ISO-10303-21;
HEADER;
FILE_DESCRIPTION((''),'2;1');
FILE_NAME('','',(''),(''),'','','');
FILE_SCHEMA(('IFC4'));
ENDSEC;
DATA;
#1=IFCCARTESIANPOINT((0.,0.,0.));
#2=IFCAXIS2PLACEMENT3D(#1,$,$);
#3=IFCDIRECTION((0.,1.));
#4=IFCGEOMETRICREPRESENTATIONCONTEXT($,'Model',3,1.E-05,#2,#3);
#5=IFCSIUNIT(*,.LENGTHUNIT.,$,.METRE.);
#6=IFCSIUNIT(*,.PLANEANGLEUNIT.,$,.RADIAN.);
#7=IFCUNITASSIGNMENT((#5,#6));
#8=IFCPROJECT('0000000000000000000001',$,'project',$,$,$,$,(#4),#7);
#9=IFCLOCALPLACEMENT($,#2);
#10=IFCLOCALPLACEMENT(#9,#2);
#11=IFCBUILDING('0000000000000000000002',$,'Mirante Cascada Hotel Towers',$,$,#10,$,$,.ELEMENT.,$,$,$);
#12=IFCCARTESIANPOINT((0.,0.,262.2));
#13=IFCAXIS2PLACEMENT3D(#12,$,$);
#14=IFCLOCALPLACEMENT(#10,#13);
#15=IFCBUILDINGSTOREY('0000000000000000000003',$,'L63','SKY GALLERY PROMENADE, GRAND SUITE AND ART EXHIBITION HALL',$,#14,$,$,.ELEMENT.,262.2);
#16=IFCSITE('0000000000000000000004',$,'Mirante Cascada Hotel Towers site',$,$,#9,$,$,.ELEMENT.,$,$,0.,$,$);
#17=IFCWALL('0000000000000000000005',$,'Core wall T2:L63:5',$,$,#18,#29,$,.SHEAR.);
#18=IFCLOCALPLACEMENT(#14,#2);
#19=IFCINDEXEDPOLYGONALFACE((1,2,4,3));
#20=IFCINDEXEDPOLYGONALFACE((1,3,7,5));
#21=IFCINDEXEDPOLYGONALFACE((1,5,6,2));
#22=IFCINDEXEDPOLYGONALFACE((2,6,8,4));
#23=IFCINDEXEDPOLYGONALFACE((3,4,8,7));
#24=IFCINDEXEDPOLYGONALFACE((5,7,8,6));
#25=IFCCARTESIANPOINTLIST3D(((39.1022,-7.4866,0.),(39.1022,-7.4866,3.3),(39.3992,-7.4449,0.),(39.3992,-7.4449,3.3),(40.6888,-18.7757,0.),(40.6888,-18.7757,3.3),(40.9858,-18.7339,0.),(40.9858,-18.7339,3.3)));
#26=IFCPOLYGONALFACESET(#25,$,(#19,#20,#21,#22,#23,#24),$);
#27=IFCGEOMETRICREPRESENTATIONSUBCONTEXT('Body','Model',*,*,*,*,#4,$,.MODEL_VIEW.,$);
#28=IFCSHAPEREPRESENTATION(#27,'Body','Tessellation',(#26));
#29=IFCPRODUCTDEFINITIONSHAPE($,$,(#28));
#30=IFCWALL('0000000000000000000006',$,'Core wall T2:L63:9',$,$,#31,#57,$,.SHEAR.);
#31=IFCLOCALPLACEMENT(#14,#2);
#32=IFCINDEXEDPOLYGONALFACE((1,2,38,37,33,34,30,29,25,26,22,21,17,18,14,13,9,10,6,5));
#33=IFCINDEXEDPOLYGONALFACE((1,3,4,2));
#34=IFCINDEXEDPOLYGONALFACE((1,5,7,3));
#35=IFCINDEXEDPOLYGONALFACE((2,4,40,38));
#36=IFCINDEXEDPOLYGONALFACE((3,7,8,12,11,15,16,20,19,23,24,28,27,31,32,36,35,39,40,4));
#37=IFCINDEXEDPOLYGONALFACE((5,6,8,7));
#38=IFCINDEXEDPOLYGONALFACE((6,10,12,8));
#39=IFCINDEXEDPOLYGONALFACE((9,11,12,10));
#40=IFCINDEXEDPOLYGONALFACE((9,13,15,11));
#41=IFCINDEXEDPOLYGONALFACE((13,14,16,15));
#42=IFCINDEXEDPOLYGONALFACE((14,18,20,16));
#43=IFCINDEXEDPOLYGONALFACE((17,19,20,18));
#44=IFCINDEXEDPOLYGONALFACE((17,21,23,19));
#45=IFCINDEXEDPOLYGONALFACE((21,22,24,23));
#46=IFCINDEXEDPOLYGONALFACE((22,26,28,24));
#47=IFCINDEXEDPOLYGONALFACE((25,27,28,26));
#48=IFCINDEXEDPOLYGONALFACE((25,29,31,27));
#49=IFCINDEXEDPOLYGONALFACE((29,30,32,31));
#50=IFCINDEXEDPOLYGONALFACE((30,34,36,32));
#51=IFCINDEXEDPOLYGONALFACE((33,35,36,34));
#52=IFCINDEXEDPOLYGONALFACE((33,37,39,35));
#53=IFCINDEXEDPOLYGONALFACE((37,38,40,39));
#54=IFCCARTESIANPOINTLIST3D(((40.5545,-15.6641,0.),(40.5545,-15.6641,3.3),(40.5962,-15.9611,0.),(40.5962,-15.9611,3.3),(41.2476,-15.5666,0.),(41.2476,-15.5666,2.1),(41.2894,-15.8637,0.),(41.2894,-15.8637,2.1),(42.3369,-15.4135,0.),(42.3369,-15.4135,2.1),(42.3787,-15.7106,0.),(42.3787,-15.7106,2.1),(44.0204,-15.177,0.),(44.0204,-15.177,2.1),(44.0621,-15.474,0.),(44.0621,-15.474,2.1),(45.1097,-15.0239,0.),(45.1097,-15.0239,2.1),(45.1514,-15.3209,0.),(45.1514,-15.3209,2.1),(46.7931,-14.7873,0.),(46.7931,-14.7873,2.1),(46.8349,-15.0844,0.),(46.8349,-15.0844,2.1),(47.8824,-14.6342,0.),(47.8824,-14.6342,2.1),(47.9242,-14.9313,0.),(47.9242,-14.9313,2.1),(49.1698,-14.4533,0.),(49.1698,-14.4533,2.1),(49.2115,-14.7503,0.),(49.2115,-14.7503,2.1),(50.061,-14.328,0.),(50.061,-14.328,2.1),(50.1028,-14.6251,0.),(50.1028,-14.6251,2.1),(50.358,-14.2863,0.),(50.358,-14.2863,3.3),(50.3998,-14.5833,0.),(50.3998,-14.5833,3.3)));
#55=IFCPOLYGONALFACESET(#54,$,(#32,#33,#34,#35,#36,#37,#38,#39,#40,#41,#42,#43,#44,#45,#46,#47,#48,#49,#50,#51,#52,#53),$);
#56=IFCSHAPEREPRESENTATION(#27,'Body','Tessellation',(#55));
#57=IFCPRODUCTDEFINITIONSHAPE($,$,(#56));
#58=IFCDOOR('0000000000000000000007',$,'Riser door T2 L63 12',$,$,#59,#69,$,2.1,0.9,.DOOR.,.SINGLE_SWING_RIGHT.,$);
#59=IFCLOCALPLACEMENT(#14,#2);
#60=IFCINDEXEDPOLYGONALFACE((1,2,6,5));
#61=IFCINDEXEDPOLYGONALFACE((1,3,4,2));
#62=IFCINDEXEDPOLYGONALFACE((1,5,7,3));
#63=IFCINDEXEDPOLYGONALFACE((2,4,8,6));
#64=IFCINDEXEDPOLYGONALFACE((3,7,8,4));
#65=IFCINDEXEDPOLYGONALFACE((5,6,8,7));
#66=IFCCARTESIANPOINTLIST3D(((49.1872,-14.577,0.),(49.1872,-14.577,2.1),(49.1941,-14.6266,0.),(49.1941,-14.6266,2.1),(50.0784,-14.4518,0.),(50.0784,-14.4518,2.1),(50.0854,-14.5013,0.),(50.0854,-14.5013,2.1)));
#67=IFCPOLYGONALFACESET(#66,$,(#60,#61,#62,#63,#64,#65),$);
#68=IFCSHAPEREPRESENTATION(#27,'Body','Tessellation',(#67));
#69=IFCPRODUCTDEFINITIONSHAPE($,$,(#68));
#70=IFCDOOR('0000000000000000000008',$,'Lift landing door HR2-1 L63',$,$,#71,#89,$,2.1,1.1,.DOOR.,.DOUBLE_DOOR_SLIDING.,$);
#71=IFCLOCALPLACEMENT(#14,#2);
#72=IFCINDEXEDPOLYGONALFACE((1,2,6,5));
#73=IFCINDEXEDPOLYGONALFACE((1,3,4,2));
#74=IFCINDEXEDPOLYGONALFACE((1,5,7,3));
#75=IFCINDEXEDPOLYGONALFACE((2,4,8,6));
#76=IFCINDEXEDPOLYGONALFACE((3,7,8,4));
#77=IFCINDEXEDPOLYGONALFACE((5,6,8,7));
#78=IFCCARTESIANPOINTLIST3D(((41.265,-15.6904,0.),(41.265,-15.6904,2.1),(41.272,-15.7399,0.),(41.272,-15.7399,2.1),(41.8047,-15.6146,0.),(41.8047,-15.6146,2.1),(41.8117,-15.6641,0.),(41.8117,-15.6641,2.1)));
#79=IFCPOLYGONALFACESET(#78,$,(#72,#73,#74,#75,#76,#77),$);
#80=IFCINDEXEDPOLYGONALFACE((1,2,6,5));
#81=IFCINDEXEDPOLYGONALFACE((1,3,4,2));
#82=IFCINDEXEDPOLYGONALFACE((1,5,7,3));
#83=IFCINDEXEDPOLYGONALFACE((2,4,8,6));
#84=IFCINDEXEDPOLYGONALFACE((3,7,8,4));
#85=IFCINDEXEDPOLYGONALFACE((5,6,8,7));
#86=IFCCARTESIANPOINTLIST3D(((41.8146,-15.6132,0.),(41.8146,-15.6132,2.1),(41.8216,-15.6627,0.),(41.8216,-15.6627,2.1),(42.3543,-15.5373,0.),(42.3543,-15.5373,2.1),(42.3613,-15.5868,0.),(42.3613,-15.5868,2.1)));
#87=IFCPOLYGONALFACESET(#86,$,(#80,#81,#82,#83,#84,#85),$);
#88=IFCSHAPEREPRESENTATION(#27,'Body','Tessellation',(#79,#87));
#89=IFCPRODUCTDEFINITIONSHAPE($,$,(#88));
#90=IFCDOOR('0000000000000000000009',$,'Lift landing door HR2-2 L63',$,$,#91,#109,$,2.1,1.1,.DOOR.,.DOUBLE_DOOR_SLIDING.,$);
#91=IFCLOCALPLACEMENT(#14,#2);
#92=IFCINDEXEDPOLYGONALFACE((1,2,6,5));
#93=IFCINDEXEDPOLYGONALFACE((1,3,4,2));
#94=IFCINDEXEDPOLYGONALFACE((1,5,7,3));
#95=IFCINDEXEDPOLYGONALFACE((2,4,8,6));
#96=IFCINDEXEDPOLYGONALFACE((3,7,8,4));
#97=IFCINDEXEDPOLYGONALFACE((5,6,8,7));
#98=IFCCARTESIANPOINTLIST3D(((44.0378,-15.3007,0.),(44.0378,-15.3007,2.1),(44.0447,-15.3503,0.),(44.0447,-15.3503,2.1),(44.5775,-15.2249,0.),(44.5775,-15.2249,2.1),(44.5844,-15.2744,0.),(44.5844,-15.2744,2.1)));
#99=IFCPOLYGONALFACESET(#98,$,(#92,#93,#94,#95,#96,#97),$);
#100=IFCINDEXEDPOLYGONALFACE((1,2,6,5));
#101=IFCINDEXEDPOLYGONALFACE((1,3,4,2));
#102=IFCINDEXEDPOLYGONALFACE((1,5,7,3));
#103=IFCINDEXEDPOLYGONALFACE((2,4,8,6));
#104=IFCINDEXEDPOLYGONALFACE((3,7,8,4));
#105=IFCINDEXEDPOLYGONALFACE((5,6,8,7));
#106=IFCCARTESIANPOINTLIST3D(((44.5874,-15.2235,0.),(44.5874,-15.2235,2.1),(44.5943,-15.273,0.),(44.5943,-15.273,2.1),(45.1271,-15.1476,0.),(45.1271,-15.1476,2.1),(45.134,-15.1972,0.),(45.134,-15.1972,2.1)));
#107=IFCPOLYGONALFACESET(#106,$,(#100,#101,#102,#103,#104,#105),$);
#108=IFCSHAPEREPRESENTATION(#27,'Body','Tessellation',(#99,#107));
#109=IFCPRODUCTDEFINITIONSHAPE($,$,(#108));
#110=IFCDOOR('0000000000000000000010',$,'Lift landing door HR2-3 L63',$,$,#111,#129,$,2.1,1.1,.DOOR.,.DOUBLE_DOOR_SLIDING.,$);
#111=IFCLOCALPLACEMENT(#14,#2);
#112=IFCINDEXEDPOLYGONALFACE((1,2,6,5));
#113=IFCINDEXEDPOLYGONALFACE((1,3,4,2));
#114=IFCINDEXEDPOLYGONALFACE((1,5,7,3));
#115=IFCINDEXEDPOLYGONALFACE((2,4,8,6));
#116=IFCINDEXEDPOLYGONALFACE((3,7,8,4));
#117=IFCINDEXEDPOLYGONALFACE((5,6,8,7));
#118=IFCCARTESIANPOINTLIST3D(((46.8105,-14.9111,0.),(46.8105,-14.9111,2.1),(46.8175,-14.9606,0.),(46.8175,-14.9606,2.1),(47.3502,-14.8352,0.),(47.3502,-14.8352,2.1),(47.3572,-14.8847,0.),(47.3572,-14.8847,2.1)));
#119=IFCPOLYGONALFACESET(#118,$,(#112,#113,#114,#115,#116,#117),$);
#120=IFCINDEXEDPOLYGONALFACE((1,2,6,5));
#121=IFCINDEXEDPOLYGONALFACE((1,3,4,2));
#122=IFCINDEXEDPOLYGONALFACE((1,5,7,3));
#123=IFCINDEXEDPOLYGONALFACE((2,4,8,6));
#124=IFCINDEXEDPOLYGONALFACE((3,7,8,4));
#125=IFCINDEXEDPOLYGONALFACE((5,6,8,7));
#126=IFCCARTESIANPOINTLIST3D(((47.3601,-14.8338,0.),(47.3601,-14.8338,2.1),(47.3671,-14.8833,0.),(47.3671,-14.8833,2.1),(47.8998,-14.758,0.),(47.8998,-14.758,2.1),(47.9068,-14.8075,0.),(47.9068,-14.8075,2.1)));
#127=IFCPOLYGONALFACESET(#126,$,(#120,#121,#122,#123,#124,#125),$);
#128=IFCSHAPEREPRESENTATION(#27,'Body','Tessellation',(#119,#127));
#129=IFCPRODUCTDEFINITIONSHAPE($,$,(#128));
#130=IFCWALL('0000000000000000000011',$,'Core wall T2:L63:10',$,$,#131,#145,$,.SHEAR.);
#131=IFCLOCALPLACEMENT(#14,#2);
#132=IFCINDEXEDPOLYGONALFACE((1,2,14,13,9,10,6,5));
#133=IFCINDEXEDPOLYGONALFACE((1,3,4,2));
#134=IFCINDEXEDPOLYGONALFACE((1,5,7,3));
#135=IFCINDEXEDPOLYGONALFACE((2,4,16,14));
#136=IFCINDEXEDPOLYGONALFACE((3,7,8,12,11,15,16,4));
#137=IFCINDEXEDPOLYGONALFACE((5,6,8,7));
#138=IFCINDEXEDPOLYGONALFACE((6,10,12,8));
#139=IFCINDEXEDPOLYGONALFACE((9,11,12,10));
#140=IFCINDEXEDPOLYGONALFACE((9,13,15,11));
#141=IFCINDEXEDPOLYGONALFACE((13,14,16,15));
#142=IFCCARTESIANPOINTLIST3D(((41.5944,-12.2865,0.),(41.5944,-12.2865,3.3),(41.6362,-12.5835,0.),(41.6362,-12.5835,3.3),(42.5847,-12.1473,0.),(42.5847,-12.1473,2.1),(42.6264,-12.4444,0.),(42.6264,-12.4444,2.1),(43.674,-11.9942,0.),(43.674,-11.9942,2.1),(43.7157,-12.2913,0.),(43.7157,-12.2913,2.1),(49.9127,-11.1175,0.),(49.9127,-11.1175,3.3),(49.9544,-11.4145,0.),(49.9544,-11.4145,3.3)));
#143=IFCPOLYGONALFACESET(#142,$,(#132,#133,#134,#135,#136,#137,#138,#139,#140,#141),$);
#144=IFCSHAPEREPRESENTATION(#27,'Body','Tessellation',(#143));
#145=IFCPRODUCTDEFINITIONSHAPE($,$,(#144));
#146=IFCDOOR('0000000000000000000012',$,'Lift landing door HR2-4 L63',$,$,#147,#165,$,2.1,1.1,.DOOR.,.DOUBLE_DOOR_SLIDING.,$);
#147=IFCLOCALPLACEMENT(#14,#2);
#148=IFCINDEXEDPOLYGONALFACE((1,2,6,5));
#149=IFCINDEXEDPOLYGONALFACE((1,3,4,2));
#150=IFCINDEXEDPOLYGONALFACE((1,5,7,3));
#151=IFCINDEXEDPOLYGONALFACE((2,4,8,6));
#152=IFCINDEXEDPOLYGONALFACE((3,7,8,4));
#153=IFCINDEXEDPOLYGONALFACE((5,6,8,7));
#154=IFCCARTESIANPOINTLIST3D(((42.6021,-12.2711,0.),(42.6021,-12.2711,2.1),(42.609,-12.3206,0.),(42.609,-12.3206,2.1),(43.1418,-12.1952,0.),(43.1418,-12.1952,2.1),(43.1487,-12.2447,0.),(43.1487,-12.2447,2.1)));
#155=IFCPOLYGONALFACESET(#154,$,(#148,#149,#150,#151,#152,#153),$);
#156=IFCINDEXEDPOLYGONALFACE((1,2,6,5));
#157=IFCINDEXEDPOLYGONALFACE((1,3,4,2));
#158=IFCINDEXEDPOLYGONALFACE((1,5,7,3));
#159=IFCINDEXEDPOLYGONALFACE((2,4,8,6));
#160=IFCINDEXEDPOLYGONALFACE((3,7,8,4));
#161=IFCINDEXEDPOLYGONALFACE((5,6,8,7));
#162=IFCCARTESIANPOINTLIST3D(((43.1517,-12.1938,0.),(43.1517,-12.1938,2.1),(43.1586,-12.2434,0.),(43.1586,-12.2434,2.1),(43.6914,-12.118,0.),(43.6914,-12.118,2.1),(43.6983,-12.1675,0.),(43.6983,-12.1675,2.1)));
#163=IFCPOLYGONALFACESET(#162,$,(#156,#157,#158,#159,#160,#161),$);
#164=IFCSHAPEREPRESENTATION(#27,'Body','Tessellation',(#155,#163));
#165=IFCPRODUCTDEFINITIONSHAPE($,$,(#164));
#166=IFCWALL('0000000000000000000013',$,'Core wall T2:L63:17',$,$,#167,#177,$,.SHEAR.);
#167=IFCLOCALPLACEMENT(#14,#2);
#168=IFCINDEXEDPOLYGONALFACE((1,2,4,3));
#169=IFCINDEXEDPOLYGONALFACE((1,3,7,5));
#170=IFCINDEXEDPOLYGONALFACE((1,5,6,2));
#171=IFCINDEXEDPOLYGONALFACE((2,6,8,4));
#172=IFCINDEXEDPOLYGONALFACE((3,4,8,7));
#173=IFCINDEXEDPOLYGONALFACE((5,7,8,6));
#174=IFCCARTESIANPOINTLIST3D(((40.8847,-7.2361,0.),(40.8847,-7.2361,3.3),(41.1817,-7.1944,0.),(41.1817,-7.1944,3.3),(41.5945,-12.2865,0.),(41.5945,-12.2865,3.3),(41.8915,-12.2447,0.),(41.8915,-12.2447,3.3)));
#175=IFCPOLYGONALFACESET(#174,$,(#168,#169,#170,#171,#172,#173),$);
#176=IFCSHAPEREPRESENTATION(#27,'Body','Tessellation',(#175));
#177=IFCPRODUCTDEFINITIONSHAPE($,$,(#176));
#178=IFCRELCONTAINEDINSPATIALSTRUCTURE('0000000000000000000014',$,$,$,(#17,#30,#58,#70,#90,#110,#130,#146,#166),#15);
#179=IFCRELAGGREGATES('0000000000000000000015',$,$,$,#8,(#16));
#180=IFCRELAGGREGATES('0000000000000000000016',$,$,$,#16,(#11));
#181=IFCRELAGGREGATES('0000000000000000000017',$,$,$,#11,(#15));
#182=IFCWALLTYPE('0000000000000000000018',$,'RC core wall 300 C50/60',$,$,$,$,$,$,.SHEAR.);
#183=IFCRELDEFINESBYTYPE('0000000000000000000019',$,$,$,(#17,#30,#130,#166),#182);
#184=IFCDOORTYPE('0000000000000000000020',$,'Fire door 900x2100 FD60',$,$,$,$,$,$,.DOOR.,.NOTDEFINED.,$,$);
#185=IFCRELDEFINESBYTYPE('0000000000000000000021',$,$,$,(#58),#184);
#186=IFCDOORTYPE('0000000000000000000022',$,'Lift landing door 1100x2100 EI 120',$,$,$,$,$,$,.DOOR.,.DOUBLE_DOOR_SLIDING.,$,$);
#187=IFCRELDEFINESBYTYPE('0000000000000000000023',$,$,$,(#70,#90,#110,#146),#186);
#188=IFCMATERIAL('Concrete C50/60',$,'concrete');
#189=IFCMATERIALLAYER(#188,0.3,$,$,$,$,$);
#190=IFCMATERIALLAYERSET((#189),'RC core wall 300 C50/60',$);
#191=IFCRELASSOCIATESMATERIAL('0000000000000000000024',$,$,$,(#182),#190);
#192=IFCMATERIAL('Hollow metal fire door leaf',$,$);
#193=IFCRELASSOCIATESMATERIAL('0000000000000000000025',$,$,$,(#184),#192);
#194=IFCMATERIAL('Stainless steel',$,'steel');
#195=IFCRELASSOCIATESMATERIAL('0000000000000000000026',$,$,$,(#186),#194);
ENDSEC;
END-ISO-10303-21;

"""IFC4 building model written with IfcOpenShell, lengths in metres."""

from ifc_helpers import new_model, si_unit, direction, frame, frame_2d, origin, place, context, subcontext, project, spatial, rectangle, extrude, material, layer, layer_set, type_object, element, fill, save


model = new_model("IFC4")

# Units and contexts
model_context = context("Model", 3, precision=1e-05, world=origin(), true_north=direction((0.0, 1.0)))
body_context = subcontext(model_context, "Body", "Model", "MODEL_VIEW")
ifc_project = project(units=[si_unit("LENGTHUNIT", "METRE"), si_unit("PLANEANGLEUNIT", "RADIAN")], contexts=[model_context])

# Site, building, storey
site_placement = place(None, origin())
site = spatial("IfcSite", under=ifc_project, at=site_placement, Name="Mirante Cascada Hotel Towers site", CompositionType="ELEMENT", RefElevation=0.0)
building_placement = place(site_placement, origin())
building = spatial("IfcBuilding", under=site, at=building_placement, Name="Mirante Cascada Hotel Towers", CompositionType="ELEMENT")
storey_placement = place(building_placement, frame((0.0, 0.0, 262.2)))
storey = spatial("IfcBuildingStorey", under=building, at=storey_placement, Name="L63", Description="SKY GALLERY PROMENADE, GRAND SUITE AND ART EXHIBITION HALL", CompositionType="ELEMENT", Elevation=262.2)

# Wall
ifc_material_1 = material(Name="Concrete C50/60", Category="concrete")
ifc_layer_1 = layer(ifc_material_1, 0.3)
ifc_layer_set_1 = layer_set([ifc_layer_1], Name="RC core wall 300 C50/60")
wall_type_1 = type_object("IfcWallType", Name="RC core wall 300 C50/60", PredefinedType="SHEAR", material=ifc_layer_set_1)
wall_1_placement = place(storey_placement, frame((40.8373, -18.7548, 0.0), z_axis=(0.0, 0.0, 1.0), x_axis=(-0.139175, 0.990268, 0.0)))
element("IfcWall", 1, at=wall_1_placement, inside=storey, type_object=wall_type_1, Name="Core wall T2:L63:5", PredefinedType="SHEAR", context=body_context, shape_type="SweptSolid", body=[
    extrude(rectangle(XDim=11.4, YDim=0.3, at=frame_2d((5.7, 0.0))), origin(), (0.0, 0.0, 1.0), 3.3),
])

# Wall, openings, doors
wall_2_placement = place(storey_placement, frame((40.5753, -15.8126, 0.0), z_axis=(0.0, 0.0, 1.0), x_axis=(0.990268, 0.139173, 0.0)))
wall_2 = element("IfcWall", 2, at=wall_2_placement, inside=storey, type_object=wall_type_1, Name="Core wall T2:L63:9", PredefinedType="SHEAR", context=body_context, shape_type="SweptSolid", body=[
    extrude(rectangle(XDim=9.8999, YDim=0.3, at=frame_2d((4.95, 0.0))), origin(), (0.0, 0.0, 1.0), 3.3),
])
opening_1_placement = place(wall_2_placement, frame((0.7, 0.0, 0.0)))
opening_1 = element("IfcOpeningElement", 3, at=opening_1_placement, cuts=wall_2, PredefinedType="OPENING", context=body_context, shape_type="SweptSolid", body=[
    extrude(rectangle(XDim=1.1, YDim=2.1, at=frame_2d((0.55, 1.05))), frame((0.0, 0.15, 0.0), z_axis=(0.0, -1.0, 0.0), x_axis=(1.0, 0.0, 0.0)), (0.0, 0.0, 1.0), 0.3),
])
opening_2_placement = place(wall_2_placement, frame((3.5, 0.0, 0.0)))
opening_2 = element("IfcOpeningElement", 4, at=opening_2_placement, cuts=wall_2, PredefinedType="OPENING", context=body_context, shape_type="SweptSolid", body=[
    extrude(rectangle(XDim=1.1, YDim=2.1, at=frame_2d((0.55, 1.05))), frame((0.0, 0.15, 0.0), z_axis=(0.0, -1.0, 0.0), x_axis=(1.0, 0.0, 0.0)), (0.0, 0.0, 1.0), 0.3),
])
opening_3_placement = place(wall_2_placement, frame((6.3, 0.0, 0.0)))
opening_3 = element("IfcOpeningElement", 5, at=opening_3_placement, cuts=wall_2, PredefinedType="OPENING", context=body_context, shape_type="SweptSolid", body=[
    extrude(rectangle(XDim=1.1, YDim=2.1, at=frame_2d((0.55, 1.05))), frame((0.0, 0.15, 0.0), z_axis=(0.0, -1.0, 0.0), x_axis=(1.0, 0.0, 0.0)), (0.0, 0.0, 1.0), 0.3),
])
opening_4_placement = place(wall_2_placement, frame((8.7, 0.0, 0.0)))
opening_4 = element("IfcOpeningElement", 6, at=opening_4_placement, cuts=wall_2, PredefinedType="OPENING", context=body_context, shape_type="SweptSolid", body=[
    extrude(rectangle(XDim=0.9, YDim=2.1, at=frame_2d((0.45, 1.05))), frame((0.0, 0.15, 0.0), z_axis=(0.0, -1.0, 0.0), x_axis=(1.0, 0.0, 0.0)), (0.0, 0.0, 1.0), 0.3),
])
ifc_material_2 = material(Name="Hollow metal fire door leaf")
door_type_1 = type_object("IfcDoorType", Name="Fire door 900x2100 FD60", OperationType="NOTDEFINED", PredefinedType="DOOR", material=ifc_material_2)
door_1_placement = place(opening_4_placement, frame((0.9, 0.0, 0.0), z_axis=(0.0, 0.0, 1.0), x_axis=(-1.0, 0.0, 0.0)))
door_1 = element("IfcDoor", 7, at=door_1_placement, inside=storey, type_object=door_type_1, Name="Riser door T2 L63 12", OperationType="SINGLE_SWING_RIGHT", OverallHeight=2.1, OverallWidth=0.9, PredefinedType="DOOR", context=body_context, shape_type="SweptSolid", body=[
    extrude(rectangle(XDim=0.9, YDim=2.1, at=frame_2d((0.45, 1.05))), frame((0.0, 0.025, 0.0), z_axis=(0.0, -1.0, 0.0), x_axis=(1.0, 0.0, 0.0)), (0.0, 0.0, 1.0), 0.05),
])
fill(opening_4, door_1)
ifc_material_3 = material(Name="Stainless steel", Category="steel")
door_type_2 = type_object("IfcDoorType", Name="Lift landing door 1100x2100 EI 120", OperationType="DOUBLE_DOOR_SLIDING", PredefinedType="DOOR", material=ifc_material_3)
door_2_placement = place(opening_1_placement, origin())
door_2 = element("IfcDoor", 8, at=door_2_placement, inside=storey, type_object=door_type_2, Name="Lift landing door HR2-1 L63", OperationType="DOUBLE_DOOR_SLIDING", OverallHeight=2.1, OverallWidth=1.1, PredefinedType="DOOR", context=body_context, shape_type="SweptSolid", body=[
    extrude(rectangle(XDim=0.545, YDim=2.1, at=frame_2d((0.2725, 1.05))), frame((0.0, 0.025, 0.0), z_axis=(0.0, -1.0, 0.0), x_axis=(1.0, 0.0, 0.0)), (0.0, 0.0, 1.0), 0.05),
    extrude(rectangle(XDim=0.545, YDim=2.1, at=frame_2d((0.8275, 1.05))), frame((0.0, 0.025, 0.0), z_axis=(0.0, -1.0, 0.0), x_axis=(1.0, 0.0, 0.0)), (0.0, 0.0, 1.0), 0.05),
])
fill(opening_1, door_2)
door_3_placement = place(opening_2_placement, origin())
door_3 = element("IfcDoor", 9, at=door_3_placement, inside=storey, type_object=door_type_2, Name="Lift landing door HR2-2 L63", OperationType="DOUBLE_DOOR_SLIDING", OverallHeight=2.1, OverallWidth=1.1, PredefinedType="DOOR", context=body_context, shape_type="SweptSolid", body=[
    extrude(rectangle(XDim=0.545, YDim=2.1, at=frame_2d((0.2725, 1.05))), frame((0.0, 0.025, 0.0), z_axis=(0.0, -1.0, 0.0), x_axis=(1.0, 0.0, 0.0)), (0.0, 0.0, 1.0), 0.05),
    extrude(rectangle(XDim=0.545, YDim=2.1, at=frame_2d((0.8275, 1.05))), frame((0.0, 0.025, 0.0), z_axis=(0.0, -1.0, 0.0), x_axis=(1.0, 0.0, 0.0)), (0.0, 0.0, 1.0), 0.05),
])
fill(opening_2, door_3)
door_4_placement = place(opening_3_placement, origin())
door_4 = element("IfcDoor", 10, at=door_4_placement, inside=storey, type_object=door_type_2, Name="Lift landing door HR2-3 L63", OperationType="DOUBLE_DOOR_SLIDING", OverallHeight=2.1, OverallWidth=1.1, PredefinedType="DOOR", context=body_context, shape_type="SweptSolid", body=[
    extrude(rectangle(XDim=0.545, YDim=2.1, at=frame_2d((0.2725, 1.05))), frame((0.0, 0.025, 0.0), z_axis=(0.0, -1.0, 0.0), x_axis=(1.0, 0.0, 0.0)), (0.0, 0.0, 1.0), 0.05),
    extrude(rectangle(XDim=0.545, YDim=2.1, at=frame_2d((0.8275, 1.05))), frame((0.0, 0.025, 0.0), z_axis=(0.0, -1.0, 0.0), x_axis=(1.0, 0.0, 0.0)), (0.0, 0.0, 1.0), 0.05),
])
fill(opening_3, door_4)

# Wall, opening, door
wall_3_placement = place(storey_placement, frame((41.6153, -12.435, 0.0), z_axis=(0.0, 0.0, 1.0), x_axis=(0.990269, 0.139166, 0.0)))
wall_3 = element("IfcWall", 11, at=wall_3_placement, inside=storey, type_object=wall_type_1, Name="Core wall T2:L63:10", PredefinedType="SHEAR", context=body_context, shape_type="SweptSolid", body=[
    extrude(rectangle(XDim=8.4, YDim=0.3, at=frame_2d((4.2, 0.0))), origin(), (0.0, 0.0, 1.0), 3.3),
])
opening_5_placement = place(wall_3_placement, frame((1.0, 0.0, 0.0)))
opening_5 = element("IfcOpeningElement", 12, at=opening_5_placement, cuts=wall_3, PredefinedType="OPENING", context=body_context, shape_type="SweptSolid", body=[
    extrude(rectangle(XDim=1.1, YDim=2.1, at=frame_2d((0.55, 1.05))), frame((0.0, 0.15, 0.0), z_axis=(0.0, -1.0, 0.0), x_axis=(1.0, 0.0, 0.0)), (0.0, 0.0, 1.0), 0.3),
])
door_5_placement = place(opening_5_placement, origin())
door_5 = element("IfcDoor", 13, at=door_5_placement, inside=storey, type_object=door_type_2, Name="Lift landing door HR2-4 L63", OperationType="DOUBLE_DOOR_SLIDING", OverallHeight=2.1, OverallWidth=1.1, PredefinedType="DOOR", context=body_context, shape_type="SweptSolid", body=[
    extrude(rectangle(XDim=0.545, YDim=2.1, at=frame_2d((0.2725, 1.05))), frame((0.0, 0.025, 0.0), z_axis=(0.0, -1.0, 0.0), x_axis=(1.0, 0.0, 0.0)), (0.0, 0.0, 1.0), 0.05),
    extrude(rectangle(XDim=0.545, YDim=2.1, at=frame_2d((0.8275, 1.05))), frame((0.0, 0.025, 0.0), z_axis=(0.0, -1.0, 0.0), x_axis=(1.0, 0.0, 0.0)), (0.0, 0.0, 1.0), 0.05),
])
fill(opening_5, door_5)

# Wall
wall_4_placement = place(storey_placement, frame((41.743, -12.2656, 0.0), z_axis=(0.0, 0.0, 1.0), x_axis=(-0.139176, 0.990268, 0.0)))
element("IfcWall", 14, at=wall_4_placement, inside=storey, type_object=wall_type_1, Name="Core wall T2:L63:17", PredefinedType="SHEAR", context=body_context, shape_type="SweptSolid", body=[
    extrude(rectangle(XDim=5.1, YDim=0.3, at=frame_2d((2.55, 0.0))), origin(), (0.0, 0.0, 1.0), 3.3),
])

save(model, "model.ifc")
